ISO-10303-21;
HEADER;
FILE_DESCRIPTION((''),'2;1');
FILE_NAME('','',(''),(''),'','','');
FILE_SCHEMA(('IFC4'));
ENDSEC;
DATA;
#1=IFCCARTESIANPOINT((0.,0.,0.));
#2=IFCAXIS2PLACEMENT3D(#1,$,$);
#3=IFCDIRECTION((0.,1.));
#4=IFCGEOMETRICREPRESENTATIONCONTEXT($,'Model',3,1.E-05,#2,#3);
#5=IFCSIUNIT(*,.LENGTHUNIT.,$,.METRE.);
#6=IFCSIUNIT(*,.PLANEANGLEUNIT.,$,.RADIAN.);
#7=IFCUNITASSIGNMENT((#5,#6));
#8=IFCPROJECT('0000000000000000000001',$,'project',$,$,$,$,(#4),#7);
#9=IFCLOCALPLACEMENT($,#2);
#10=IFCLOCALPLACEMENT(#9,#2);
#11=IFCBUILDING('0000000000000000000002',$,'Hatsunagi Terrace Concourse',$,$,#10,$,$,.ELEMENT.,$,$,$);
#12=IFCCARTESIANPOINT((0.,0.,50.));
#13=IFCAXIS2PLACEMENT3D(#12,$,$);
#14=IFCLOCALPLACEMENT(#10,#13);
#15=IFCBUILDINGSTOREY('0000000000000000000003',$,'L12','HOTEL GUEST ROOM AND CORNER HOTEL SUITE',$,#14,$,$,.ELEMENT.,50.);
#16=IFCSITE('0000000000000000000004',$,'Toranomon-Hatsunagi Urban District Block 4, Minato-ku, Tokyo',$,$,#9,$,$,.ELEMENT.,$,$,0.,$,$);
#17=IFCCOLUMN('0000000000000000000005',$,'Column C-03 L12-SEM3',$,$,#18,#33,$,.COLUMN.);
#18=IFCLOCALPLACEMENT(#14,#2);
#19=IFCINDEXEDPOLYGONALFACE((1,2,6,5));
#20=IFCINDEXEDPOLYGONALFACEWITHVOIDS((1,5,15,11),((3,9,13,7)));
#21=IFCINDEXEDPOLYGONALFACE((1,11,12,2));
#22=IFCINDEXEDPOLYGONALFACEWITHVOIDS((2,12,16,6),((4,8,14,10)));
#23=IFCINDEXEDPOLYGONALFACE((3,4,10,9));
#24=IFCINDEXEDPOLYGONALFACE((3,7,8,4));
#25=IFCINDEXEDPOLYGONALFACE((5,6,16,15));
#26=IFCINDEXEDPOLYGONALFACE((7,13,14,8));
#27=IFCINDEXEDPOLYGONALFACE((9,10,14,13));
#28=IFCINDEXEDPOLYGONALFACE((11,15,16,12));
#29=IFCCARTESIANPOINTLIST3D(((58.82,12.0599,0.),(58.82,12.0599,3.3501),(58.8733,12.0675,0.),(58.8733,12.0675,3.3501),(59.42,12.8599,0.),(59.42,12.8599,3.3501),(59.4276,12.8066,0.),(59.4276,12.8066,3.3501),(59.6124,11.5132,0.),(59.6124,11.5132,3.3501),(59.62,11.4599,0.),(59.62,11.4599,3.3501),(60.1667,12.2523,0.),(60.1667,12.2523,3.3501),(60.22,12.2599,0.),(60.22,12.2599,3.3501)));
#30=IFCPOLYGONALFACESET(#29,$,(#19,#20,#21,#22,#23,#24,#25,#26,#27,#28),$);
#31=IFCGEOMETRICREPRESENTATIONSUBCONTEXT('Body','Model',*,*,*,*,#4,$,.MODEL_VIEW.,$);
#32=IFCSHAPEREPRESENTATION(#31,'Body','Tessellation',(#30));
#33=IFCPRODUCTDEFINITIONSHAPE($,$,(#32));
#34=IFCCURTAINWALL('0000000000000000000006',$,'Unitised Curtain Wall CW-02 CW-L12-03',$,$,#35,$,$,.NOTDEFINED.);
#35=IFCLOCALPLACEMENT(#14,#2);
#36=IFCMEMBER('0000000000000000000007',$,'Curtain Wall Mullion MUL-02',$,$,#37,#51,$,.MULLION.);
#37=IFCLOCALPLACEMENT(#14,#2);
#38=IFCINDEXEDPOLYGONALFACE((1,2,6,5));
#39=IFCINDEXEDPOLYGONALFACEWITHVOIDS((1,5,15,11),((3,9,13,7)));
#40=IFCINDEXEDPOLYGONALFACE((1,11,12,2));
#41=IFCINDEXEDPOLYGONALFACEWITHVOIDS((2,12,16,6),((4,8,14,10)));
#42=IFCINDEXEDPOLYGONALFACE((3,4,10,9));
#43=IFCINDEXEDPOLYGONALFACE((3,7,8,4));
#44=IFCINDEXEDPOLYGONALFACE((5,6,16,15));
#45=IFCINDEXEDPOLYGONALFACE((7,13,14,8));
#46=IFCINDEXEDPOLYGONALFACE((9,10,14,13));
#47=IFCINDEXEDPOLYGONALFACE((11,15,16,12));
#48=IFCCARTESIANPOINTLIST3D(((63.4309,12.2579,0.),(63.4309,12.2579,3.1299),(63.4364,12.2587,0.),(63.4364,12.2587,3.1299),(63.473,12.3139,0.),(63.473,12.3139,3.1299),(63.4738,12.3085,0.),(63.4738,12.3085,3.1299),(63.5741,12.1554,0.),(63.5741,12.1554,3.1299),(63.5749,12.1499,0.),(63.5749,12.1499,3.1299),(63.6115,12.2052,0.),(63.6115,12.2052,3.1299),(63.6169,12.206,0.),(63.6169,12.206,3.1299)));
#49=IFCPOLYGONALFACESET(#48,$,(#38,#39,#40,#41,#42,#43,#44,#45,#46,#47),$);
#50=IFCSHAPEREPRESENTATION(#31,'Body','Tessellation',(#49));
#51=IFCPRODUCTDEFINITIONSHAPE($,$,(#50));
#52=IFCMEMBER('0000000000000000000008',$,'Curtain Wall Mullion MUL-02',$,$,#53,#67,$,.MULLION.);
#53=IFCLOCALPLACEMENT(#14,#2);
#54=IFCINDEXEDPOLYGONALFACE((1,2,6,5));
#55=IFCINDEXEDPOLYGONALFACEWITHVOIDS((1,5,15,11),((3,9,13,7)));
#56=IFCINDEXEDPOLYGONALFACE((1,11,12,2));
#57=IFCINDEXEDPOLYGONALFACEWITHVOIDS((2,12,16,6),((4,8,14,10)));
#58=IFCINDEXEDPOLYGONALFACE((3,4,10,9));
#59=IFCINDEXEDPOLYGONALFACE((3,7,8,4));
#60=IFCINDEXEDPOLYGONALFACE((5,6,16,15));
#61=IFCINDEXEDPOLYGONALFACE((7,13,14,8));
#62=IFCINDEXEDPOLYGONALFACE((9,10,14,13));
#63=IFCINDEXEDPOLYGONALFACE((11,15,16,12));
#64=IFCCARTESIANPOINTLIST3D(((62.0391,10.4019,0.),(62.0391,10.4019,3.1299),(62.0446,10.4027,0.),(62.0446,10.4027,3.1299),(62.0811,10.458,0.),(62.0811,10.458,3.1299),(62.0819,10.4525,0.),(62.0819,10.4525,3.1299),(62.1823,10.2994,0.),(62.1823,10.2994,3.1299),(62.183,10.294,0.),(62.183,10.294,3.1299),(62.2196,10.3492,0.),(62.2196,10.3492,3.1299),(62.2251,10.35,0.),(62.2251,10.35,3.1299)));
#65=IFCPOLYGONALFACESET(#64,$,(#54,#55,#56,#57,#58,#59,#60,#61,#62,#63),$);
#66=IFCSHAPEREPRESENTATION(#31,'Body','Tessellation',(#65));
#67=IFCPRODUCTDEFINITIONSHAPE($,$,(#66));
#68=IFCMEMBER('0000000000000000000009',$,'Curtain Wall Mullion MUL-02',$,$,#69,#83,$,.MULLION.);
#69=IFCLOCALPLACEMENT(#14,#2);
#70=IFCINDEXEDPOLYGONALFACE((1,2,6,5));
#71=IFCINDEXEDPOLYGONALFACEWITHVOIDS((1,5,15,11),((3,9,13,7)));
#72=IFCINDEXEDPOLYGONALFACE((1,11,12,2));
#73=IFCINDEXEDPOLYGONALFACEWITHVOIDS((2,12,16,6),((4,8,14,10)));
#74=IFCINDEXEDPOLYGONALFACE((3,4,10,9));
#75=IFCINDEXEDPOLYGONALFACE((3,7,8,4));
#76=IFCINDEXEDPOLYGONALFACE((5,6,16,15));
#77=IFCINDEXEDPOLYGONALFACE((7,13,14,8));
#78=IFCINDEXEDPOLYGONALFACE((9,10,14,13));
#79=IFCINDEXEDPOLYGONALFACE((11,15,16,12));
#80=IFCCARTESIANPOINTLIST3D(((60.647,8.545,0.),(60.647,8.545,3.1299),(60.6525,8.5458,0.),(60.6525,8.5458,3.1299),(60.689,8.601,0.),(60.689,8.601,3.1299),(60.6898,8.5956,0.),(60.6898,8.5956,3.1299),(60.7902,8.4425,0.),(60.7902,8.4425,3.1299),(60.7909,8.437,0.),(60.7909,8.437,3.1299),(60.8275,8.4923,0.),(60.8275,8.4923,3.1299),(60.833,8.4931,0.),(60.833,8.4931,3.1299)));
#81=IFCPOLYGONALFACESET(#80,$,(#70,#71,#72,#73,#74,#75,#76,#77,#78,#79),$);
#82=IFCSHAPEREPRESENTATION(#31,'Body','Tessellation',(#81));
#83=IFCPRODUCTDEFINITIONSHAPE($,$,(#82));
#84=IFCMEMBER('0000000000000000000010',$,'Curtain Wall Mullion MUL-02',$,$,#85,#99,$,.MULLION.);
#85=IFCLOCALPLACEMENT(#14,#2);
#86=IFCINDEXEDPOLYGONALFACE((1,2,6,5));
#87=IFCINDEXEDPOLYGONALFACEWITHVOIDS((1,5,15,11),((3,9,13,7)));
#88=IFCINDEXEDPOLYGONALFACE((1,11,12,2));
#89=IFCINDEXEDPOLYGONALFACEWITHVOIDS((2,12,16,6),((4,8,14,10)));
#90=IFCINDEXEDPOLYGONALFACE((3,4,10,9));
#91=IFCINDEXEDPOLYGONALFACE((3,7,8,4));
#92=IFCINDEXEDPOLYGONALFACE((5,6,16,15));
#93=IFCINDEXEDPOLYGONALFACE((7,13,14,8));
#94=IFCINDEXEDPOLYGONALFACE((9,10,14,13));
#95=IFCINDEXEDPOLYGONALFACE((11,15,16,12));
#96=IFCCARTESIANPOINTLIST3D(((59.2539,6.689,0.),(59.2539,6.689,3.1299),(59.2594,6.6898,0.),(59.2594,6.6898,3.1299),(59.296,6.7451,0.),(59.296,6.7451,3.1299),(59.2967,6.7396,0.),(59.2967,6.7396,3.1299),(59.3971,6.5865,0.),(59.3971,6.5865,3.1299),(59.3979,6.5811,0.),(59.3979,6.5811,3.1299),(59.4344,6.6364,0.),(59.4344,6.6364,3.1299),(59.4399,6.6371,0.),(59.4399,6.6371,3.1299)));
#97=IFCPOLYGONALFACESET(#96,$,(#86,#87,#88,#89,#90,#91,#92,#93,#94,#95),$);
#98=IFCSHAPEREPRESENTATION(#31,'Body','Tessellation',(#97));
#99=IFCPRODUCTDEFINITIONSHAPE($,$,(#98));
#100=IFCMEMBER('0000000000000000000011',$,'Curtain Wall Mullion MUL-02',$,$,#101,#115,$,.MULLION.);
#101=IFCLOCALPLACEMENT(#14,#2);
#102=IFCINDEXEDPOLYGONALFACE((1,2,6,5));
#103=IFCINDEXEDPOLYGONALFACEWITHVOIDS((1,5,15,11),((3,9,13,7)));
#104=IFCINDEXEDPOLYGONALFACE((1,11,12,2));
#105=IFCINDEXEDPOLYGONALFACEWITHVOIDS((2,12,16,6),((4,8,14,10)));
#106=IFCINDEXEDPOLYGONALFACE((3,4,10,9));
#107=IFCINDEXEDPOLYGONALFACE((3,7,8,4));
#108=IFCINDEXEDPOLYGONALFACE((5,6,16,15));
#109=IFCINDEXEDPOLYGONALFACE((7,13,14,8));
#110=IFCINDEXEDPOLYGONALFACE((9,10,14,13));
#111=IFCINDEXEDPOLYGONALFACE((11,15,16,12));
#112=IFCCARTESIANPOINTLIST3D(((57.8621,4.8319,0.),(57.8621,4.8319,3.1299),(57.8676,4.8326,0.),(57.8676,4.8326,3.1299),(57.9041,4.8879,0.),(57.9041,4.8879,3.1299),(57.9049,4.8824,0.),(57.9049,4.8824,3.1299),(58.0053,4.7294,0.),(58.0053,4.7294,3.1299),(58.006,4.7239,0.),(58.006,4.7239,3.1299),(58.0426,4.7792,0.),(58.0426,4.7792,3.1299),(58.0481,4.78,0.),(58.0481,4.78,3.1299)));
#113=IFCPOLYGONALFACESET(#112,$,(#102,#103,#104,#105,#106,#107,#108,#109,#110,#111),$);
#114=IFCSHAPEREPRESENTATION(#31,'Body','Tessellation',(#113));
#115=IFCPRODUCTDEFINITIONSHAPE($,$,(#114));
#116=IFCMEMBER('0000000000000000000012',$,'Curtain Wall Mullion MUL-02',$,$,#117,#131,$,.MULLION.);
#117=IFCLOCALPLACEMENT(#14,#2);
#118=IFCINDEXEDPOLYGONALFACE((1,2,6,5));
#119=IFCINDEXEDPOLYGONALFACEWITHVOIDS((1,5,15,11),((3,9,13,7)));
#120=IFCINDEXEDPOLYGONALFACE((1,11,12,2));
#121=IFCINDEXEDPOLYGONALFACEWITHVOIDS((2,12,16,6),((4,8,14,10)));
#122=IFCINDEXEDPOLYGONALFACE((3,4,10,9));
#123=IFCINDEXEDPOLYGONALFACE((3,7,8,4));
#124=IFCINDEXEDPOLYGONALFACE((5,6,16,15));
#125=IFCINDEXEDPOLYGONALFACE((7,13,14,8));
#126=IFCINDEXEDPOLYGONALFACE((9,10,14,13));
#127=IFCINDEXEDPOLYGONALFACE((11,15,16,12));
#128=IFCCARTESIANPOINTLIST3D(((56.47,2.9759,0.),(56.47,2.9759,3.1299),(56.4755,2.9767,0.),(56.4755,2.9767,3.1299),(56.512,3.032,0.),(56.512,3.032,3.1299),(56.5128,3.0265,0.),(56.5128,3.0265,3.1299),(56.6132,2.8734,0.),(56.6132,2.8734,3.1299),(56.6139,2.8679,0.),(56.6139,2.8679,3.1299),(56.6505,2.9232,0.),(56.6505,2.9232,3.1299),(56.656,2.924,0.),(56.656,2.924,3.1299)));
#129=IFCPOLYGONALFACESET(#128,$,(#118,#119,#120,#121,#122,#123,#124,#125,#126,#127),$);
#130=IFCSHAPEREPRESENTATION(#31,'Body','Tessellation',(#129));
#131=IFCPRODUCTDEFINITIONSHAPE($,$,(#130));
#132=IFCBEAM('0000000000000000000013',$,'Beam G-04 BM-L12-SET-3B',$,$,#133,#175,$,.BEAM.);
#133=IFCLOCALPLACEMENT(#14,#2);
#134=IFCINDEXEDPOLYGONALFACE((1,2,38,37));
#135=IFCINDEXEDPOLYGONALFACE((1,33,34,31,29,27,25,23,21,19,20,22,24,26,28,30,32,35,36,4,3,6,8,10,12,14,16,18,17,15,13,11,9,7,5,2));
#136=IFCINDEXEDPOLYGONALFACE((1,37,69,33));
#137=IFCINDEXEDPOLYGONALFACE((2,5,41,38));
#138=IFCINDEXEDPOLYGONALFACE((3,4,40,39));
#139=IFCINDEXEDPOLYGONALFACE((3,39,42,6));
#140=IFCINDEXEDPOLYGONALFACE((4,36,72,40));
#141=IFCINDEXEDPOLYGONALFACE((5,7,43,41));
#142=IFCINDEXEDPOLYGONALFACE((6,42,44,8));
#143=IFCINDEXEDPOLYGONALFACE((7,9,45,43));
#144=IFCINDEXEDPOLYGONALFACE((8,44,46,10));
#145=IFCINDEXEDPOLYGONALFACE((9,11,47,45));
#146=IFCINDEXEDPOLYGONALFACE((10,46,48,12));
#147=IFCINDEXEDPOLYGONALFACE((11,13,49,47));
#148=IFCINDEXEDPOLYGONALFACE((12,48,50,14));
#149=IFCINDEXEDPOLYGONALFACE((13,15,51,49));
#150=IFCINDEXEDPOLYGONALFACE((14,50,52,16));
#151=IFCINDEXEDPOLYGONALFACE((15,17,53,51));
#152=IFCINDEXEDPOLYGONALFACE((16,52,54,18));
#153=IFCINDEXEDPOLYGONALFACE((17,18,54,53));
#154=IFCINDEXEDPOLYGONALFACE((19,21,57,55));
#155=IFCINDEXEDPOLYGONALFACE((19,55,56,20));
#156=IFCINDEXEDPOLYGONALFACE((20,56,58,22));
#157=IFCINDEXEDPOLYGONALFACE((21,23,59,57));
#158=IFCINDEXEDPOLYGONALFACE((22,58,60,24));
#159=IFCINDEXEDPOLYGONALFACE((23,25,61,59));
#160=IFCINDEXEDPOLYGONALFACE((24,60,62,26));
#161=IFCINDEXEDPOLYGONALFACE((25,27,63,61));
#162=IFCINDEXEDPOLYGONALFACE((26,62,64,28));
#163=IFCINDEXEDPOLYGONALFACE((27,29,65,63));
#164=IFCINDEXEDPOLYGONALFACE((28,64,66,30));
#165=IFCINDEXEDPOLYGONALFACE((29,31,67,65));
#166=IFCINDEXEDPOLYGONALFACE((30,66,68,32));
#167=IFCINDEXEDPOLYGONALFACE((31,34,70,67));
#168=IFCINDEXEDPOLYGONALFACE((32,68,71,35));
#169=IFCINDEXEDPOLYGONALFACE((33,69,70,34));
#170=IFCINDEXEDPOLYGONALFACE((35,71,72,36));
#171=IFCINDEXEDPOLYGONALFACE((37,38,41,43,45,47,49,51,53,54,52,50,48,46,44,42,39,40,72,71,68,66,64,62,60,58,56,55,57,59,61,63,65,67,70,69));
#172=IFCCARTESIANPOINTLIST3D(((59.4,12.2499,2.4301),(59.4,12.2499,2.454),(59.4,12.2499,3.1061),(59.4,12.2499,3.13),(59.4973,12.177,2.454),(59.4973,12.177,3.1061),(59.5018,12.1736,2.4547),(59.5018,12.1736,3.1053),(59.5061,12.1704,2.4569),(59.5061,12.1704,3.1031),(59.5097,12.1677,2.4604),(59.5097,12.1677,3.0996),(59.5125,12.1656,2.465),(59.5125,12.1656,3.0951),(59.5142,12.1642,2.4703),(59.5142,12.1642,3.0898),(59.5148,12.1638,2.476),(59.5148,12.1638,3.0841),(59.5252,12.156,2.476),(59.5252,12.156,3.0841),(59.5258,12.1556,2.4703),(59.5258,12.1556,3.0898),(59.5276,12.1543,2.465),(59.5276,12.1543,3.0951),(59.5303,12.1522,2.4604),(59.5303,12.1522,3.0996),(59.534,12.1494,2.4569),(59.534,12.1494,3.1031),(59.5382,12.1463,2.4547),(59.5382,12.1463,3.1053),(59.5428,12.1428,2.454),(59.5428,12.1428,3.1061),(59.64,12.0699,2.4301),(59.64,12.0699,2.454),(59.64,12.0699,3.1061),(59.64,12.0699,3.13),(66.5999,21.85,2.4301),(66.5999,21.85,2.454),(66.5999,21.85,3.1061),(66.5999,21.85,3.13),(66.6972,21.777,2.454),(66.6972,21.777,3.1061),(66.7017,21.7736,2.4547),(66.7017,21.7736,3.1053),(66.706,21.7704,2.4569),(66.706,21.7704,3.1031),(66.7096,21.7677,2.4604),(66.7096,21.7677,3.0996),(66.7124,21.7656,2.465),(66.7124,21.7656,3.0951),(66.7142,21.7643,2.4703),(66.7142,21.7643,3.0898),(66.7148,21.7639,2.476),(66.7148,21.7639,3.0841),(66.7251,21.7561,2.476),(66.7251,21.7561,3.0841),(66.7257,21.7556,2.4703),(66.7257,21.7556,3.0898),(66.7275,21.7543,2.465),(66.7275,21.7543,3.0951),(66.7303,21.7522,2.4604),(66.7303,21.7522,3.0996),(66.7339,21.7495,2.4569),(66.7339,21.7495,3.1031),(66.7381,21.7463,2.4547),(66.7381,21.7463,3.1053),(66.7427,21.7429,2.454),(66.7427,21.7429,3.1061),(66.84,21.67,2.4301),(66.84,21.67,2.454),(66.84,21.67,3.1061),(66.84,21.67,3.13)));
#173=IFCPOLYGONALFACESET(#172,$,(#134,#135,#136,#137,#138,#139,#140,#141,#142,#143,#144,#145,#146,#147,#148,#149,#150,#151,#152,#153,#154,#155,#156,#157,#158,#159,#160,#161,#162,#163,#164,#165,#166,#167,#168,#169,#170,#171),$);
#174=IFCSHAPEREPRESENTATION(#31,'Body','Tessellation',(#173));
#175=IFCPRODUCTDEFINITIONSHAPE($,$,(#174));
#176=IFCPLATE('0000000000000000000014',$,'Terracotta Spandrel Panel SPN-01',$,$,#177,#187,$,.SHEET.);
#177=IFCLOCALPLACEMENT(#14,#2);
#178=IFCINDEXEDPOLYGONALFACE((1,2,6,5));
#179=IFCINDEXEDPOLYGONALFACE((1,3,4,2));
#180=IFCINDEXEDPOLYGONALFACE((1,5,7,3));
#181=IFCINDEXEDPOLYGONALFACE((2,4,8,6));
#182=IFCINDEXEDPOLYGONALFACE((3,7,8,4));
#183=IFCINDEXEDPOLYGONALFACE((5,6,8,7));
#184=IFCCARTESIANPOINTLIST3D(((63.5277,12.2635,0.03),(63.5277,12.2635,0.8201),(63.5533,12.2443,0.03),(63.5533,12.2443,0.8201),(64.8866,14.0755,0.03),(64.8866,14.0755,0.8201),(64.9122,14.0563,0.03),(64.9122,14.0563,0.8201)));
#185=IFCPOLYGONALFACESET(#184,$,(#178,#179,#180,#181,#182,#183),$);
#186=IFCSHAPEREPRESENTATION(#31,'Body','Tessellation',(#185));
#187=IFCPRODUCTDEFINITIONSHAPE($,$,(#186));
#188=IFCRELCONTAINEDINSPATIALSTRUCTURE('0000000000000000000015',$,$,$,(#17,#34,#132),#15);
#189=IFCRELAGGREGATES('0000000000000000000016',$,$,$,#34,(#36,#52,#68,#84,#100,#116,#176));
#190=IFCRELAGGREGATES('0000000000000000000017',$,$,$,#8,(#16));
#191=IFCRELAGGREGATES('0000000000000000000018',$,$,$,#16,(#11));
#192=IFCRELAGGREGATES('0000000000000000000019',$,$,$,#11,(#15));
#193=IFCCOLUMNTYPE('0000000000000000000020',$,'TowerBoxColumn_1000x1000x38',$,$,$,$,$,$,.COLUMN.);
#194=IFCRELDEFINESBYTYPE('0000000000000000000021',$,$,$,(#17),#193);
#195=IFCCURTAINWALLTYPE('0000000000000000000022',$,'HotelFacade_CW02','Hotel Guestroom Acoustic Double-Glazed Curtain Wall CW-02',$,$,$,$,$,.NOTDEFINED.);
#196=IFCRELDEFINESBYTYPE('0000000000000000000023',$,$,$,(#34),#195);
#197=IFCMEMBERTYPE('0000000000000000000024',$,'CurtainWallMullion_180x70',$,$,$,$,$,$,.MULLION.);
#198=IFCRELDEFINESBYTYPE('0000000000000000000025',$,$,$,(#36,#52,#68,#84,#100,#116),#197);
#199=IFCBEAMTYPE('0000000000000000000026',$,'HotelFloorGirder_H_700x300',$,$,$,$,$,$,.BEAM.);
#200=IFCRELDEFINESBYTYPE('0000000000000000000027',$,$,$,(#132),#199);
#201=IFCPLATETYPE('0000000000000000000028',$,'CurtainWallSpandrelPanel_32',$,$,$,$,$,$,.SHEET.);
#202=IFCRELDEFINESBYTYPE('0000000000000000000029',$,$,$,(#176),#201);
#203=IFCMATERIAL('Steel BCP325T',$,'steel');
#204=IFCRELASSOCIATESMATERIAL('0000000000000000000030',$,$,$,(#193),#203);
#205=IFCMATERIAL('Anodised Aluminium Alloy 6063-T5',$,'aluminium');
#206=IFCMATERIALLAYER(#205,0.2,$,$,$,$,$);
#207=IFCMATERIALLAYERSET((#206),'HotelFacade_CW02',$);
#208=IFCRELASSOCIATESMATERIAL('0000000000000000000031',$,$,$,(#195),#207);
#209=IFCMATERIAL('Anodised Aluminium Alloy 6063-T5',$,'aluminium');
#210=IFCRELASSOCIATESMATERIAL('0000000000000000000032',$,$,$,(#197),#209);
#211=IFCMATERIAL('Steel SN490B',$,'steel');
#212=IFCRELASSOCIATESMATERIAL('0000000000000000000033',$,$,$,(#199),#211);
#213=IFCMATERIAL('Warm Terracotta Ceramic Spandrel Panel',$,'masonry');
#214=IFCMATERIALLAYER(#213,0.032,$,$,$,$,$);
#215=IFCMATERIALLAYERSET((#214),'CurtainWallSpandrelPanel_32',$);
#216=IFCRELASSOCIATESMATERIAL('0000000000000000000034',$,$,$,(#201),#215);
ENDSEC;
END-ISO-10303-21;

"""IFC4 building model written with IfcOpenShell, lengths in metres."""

from ifc_helpers import new_model, si_unit, direction, frame, origin, origin_2d, place, context, subcontext, project, spatial, rectangle, hollow_rectangle, i_section, extrude, material, layer, layer_set, material_profile, profile_set, type_object, element, aggregate, save


model = new_model("IFC4")

# Units and contexts
model_context = context("Model", 3, precision=1e-05, world=origin(), true_north=direction((0.0, 1.0)))
body_context = subcontext(model_context, "Body", "Model", "MODEL_VIEW")
ifc_project = project(units=[si_unit("LENGTHUNIT", "METRE"), si_unit("PLANEANGLEUNIT", "RADIAN")], contexts=[model_context])

# Site, building, storey
site_placement = place(None, origin())
site = spatial("IfcSite", under=ifc_project, at=site_placement, Name="Toranomon-Hatsunagi Urban District Block 4, Minato-ku, Tokyo", CompositionType="ELEMENT", RefElevation=0.0)
building_placement = place(site_placement, origin())
building = spatial("IfcBuilding", under=site, at=building_placement, Name="Hatsunagi Terrace Concourse", CompositionType="ELEMENT")
storey_placement = place(building_placement, frame((0.0, 0.0, 50.0)))
storey = spatial("IfcBuildingStorey", under=building, at=storey_placement, Name="L12", Description="HOTEL GUEST ROOM AND CORNER HOTEL SUITE", CompositionType="ELEMENT", Elevation=50.0)

# Column
ifc_material_1 = material(Name="Steel BCP325T", Category="steel")
ifc_material_profile_1 = material_profile(ifc_material_1, hollow_rectangle(XDim=1.0, YDim=1.0, WallThickness=0.0381, at=origin_2d()), Name="BCP-1000x1000x38")
ifc_profile_set_1 = profile_set([ifc_material_profile_1], Name="Steel BCP325T")
column_type = type_object("IfcColumnType", Name="TowerBoxColumn_1000x1000x38", PredefinedType="COLUMN", material=ifc_profile_set_1)
column_placement = place(storey_placement, frame((59.52, 12.1599, 0.0), z_axis=(0.0, 0.0, 1.0), x_axis=(0.8, -0.6, 0.0)))
element("IfcColumn", 1, at=column_placement, inside=storey, type_object=column_type, Name="Column C-03 L12-SEM3", PredefinedType="COLUMN", context=body_context, shape_type="SweptSolid", body=[
    extrude(hollow_rectangle(XDim=1.0, YDim=1.0, WallThickness=0.0381, at=origin_2d()), origin(), (0.0, 0.0, 1.0), 3.3501),
])

# Curtain wall, members
ifc_material_2 = material(Name="Anodised Aluminium Alloy 6063-T5", Category="aluminium")
ifc_layer_1 = layer(ifc_material_2, 0.2)
ifc_layer_set_1 = layer_set([ifc_layer_1], Name="HotelFacade_CW02")
curtain_wall_type = type_object("IfcCurtainWallType", Name="HotelFacade_CW02", Description="Hotel Guestroom Acoustic Double-Glazed Curtain Wall CW-02", PredefinedType="NOTDEFINED", material=ifc_layer_set_1)
curtain_wall_placement = place(storey_placement, origin())
curtain_wall = element("IfcCurtainWall", 2, at=curtain_wall_placement, inside=storey, type_object=curtain_wall_type, Name="Unitised Curtain Wall CW-02 CW-L12-03", PredefinedType="NOTDEFINED")
ifc_material_3 = material(Name="Anodised Aluminium Alloy 6063-T5", Category="aluminium")
ifc_material_profile_2 = material_profile(ifc_material_3, hollow_rectangle(XDim=0.0701, YDim=0.1799, WallThickness=0.0039, at=origin_2d()), Name="ALU-MUL-180x70x4")
ifc_profile_set_2 = profile_set([ifc_material_profile_2], Name="Anodised Aluminium Alloy 6063-T5")
member_type = type_object("IfcMemberType", Name="CurtainWallMullion_180x70", PredefinedType="MULLION", material=ifc_profile_set_2)
member_1_placement = place(storey_placement, frame((63.5239, 12.2319, 0.0), z_axis=(0.0, 0.0, 1.0), x_axis=(-0.599969, -0.800023, 0.0)))
member_1 = element("IfcMember", 3, at=member_1_placement, type_object=member_type, Name="Curtain Wall Mullion MUL-02", PredefinedType="MULLION", context=body_context, shape_type="SweptSolid", body=[
    extrude(hollow_rectangle(XDim=0.0701, YDim=0.1799, WallThickness=0.0039, at=origin_2d()), origin(), (0.0, 0.0, 1.0), 3.1299),
])
member_2_placement = place(storey_placement, frame((62.1321, 10.376, 0.0), z_axis=(0.0, 0.0, 1.0), x_axis=(-0.599969, -0.800023, 0.0)))
member_2 = element("IfcMember", 4, at=member_2_placement, type_object=member_type, Name="Curtain Wall Mullion MUL-02", PredefinedType="MULLION", context=body_context, shape_type="SweptSolid", body=[
    extrude(hollow_rectangle(XDim=0.0701, YDim=0.1799, WallThickness=0.0039, at=origin_2d()), origin(), (0.0, 0.0, 1.0), 3.1299),
])
member_3_placement = place(storey_placement, frame((60.74, 8.519, 0.0), z_axis=(0.0, 0.0, 1.0), x_axis=(-0.599969, -0.800023, 0.0)))
member_3 = element("IfcMember", 5, at=member_3_placement, type_object=member_type, Name="Curtain Wall Mullion MUL-02", PredefinedType="MULLION", context=body_context, shape_type="SweptSolid", body=[
    extrude(hollow_rectangle(XDim=0.0701, YDim=0.1799, WallThickness=0.0039, at=origin_2d()), origin(), (0.0, 0.0, 1.0), 3.1299),
])
member_4_placement = place(storey_placement, frame((59.3469, 6.6631, 0.0), z_axis=(0.0, 0.0, 1.0), x_axis=(-0.599969, -0.800023, 0.0)))
member_4 = element("IfcMember", 6, at=member_4_placement, type_object=member_type, Name="Curtain Wall Mullion MUL-02", PredefinedType="MULLION", context=body_context, shape_type="SweptSolid", body=[
    extrude(hollow_rectangle(XDim=0.0701, YDim=0.1799, WallThickness=0.0039, at=origin_2d()), origin(), (0.0, 0.0, 1.0), 3.1299),
])
member_5_placement = place(storey_placement, frame((57.9551, 4.8059, 0.0), z_axis=(0.0, 0.0, 1.0), x_axis=(-0.599969, -0.800023, 0.0)))
member_5 = element("IfcMember", 7, at=member_5_placement, type_object=member_type, Name="Curtain Wall Mullion MUL-02", PredefinedType="MULLION", context=body_context, shape_type="SweptSolid", body=[
    extrude(hollow_rectangle(XDim=0.0701, YDim=0.1799, WallThickness=0.0039, at=origin_2d()), origin(), (0.0, 0.0, 1.0), 3.1299),
])
member_6_placement = place(storey_placement, frame((56.563, 2.95, 0.0), z_axis=(0.0, 0.0, 1.0), x_axis=(-0.599969, -0.800023, 0.0)))
member_6 = element("IfcMember", 8, at=member_6_placement, type_object=member_type, Name="Curtain Wall Mullion MUL-02", PredefinedType="MULLION", context=body_context, shape_type="SweptSolid", body=[
    extrude(hollow_rectangle(XDim=0.0701, YDim=0.1799, WallThickness=0.0039, at=origin_2d()), origin(), (0.0, 0.0, 1.0), 3.1299),
])

# Beam
ifc_material_4 = material(Name="Steel SN490B", Category="steel")
ifc_material_profile_3 = material_profile(ifc_material_4, i_section(OverallWidth=0.3, OverallDepth=0.7, WebThickness=0.0129, FlangeThickness=0.0239, FilletRadius=0.022, at=origin_2d()), Name="H-700x300x13x24")
ifc_profile_set_3 = profile_set([ifc_material_profile_3], Name="Steel SN490B")
beam_type = type_object("IfcBeamType", Name="HotelFloorGirder_H_700x300", PredefinedType="BEAM", material=ifc_profile_set_3)
beam_placement = place(storey_placement, frame((59.52, 12.1599, 2.78), z_axis=(0.599993, 0.800005, 0.0), x_axis=(-0.800005, 0.599993, 0.0)))
element("IfcBeam", 9, at=beam_placement, inside=storey, type_object=beam_type, Name="Beam G-04 BM-L12-SET-3B", PredefinedType="BEAM", context=body_context, shape_type="SweptSolid", body=[
    extrude(i_section(OverallWidth=0.3, OverallDepth=0.7, WebThickness=0.0129, FlangeThickness=0.0239, FilletRadius=0.022, at=origin_2d()), origin(), (0.0, 0.0, 1.0), 12.0),
])

# Plate
ifc_material_5 = material(Name="Warm Terracotta Ceramic Spandrel Panel", Category="masonry")
ifc_layer_2 = layer(ifc_material_5, 0.032)
ifc_layer_set_2 = layer_set([ifc_layer_2], Name="CurtainWallSpandrelPanel_32")
plate_type_1 = type_object("IfcPlateType", Name="CurtainWallSpandrelPanel_32", PredefinedType="SHEET", material=ifc_layer_set_2)
plate_1_placement = place(storey_placement, frame((64.22, 13.1599, 0.03), z_axis=(0.0, 0.0, 1.0), x_axis=(-0.599969, -0.800023, 0.0)))
plate_1 = element("IfcPlate", 10, at=plate_1_placement, type_object=plate_type_1, Name="Terracotta Spandrel Panel SPN-01", PredefinedType="SHEET", context=body_context, shape_type="SweptSolid", body=[
    extrude(rectangle(XDim=2.2649, YDim=0.032, at=origin_2d()), origin(), (0.0, 0.0, 1.0), 0.79),
])
aggregate(curtain_wall, [member_1, member_2, member_3, member_4, member_5, member_6, plate_1])

save(model, "model.ifc")
